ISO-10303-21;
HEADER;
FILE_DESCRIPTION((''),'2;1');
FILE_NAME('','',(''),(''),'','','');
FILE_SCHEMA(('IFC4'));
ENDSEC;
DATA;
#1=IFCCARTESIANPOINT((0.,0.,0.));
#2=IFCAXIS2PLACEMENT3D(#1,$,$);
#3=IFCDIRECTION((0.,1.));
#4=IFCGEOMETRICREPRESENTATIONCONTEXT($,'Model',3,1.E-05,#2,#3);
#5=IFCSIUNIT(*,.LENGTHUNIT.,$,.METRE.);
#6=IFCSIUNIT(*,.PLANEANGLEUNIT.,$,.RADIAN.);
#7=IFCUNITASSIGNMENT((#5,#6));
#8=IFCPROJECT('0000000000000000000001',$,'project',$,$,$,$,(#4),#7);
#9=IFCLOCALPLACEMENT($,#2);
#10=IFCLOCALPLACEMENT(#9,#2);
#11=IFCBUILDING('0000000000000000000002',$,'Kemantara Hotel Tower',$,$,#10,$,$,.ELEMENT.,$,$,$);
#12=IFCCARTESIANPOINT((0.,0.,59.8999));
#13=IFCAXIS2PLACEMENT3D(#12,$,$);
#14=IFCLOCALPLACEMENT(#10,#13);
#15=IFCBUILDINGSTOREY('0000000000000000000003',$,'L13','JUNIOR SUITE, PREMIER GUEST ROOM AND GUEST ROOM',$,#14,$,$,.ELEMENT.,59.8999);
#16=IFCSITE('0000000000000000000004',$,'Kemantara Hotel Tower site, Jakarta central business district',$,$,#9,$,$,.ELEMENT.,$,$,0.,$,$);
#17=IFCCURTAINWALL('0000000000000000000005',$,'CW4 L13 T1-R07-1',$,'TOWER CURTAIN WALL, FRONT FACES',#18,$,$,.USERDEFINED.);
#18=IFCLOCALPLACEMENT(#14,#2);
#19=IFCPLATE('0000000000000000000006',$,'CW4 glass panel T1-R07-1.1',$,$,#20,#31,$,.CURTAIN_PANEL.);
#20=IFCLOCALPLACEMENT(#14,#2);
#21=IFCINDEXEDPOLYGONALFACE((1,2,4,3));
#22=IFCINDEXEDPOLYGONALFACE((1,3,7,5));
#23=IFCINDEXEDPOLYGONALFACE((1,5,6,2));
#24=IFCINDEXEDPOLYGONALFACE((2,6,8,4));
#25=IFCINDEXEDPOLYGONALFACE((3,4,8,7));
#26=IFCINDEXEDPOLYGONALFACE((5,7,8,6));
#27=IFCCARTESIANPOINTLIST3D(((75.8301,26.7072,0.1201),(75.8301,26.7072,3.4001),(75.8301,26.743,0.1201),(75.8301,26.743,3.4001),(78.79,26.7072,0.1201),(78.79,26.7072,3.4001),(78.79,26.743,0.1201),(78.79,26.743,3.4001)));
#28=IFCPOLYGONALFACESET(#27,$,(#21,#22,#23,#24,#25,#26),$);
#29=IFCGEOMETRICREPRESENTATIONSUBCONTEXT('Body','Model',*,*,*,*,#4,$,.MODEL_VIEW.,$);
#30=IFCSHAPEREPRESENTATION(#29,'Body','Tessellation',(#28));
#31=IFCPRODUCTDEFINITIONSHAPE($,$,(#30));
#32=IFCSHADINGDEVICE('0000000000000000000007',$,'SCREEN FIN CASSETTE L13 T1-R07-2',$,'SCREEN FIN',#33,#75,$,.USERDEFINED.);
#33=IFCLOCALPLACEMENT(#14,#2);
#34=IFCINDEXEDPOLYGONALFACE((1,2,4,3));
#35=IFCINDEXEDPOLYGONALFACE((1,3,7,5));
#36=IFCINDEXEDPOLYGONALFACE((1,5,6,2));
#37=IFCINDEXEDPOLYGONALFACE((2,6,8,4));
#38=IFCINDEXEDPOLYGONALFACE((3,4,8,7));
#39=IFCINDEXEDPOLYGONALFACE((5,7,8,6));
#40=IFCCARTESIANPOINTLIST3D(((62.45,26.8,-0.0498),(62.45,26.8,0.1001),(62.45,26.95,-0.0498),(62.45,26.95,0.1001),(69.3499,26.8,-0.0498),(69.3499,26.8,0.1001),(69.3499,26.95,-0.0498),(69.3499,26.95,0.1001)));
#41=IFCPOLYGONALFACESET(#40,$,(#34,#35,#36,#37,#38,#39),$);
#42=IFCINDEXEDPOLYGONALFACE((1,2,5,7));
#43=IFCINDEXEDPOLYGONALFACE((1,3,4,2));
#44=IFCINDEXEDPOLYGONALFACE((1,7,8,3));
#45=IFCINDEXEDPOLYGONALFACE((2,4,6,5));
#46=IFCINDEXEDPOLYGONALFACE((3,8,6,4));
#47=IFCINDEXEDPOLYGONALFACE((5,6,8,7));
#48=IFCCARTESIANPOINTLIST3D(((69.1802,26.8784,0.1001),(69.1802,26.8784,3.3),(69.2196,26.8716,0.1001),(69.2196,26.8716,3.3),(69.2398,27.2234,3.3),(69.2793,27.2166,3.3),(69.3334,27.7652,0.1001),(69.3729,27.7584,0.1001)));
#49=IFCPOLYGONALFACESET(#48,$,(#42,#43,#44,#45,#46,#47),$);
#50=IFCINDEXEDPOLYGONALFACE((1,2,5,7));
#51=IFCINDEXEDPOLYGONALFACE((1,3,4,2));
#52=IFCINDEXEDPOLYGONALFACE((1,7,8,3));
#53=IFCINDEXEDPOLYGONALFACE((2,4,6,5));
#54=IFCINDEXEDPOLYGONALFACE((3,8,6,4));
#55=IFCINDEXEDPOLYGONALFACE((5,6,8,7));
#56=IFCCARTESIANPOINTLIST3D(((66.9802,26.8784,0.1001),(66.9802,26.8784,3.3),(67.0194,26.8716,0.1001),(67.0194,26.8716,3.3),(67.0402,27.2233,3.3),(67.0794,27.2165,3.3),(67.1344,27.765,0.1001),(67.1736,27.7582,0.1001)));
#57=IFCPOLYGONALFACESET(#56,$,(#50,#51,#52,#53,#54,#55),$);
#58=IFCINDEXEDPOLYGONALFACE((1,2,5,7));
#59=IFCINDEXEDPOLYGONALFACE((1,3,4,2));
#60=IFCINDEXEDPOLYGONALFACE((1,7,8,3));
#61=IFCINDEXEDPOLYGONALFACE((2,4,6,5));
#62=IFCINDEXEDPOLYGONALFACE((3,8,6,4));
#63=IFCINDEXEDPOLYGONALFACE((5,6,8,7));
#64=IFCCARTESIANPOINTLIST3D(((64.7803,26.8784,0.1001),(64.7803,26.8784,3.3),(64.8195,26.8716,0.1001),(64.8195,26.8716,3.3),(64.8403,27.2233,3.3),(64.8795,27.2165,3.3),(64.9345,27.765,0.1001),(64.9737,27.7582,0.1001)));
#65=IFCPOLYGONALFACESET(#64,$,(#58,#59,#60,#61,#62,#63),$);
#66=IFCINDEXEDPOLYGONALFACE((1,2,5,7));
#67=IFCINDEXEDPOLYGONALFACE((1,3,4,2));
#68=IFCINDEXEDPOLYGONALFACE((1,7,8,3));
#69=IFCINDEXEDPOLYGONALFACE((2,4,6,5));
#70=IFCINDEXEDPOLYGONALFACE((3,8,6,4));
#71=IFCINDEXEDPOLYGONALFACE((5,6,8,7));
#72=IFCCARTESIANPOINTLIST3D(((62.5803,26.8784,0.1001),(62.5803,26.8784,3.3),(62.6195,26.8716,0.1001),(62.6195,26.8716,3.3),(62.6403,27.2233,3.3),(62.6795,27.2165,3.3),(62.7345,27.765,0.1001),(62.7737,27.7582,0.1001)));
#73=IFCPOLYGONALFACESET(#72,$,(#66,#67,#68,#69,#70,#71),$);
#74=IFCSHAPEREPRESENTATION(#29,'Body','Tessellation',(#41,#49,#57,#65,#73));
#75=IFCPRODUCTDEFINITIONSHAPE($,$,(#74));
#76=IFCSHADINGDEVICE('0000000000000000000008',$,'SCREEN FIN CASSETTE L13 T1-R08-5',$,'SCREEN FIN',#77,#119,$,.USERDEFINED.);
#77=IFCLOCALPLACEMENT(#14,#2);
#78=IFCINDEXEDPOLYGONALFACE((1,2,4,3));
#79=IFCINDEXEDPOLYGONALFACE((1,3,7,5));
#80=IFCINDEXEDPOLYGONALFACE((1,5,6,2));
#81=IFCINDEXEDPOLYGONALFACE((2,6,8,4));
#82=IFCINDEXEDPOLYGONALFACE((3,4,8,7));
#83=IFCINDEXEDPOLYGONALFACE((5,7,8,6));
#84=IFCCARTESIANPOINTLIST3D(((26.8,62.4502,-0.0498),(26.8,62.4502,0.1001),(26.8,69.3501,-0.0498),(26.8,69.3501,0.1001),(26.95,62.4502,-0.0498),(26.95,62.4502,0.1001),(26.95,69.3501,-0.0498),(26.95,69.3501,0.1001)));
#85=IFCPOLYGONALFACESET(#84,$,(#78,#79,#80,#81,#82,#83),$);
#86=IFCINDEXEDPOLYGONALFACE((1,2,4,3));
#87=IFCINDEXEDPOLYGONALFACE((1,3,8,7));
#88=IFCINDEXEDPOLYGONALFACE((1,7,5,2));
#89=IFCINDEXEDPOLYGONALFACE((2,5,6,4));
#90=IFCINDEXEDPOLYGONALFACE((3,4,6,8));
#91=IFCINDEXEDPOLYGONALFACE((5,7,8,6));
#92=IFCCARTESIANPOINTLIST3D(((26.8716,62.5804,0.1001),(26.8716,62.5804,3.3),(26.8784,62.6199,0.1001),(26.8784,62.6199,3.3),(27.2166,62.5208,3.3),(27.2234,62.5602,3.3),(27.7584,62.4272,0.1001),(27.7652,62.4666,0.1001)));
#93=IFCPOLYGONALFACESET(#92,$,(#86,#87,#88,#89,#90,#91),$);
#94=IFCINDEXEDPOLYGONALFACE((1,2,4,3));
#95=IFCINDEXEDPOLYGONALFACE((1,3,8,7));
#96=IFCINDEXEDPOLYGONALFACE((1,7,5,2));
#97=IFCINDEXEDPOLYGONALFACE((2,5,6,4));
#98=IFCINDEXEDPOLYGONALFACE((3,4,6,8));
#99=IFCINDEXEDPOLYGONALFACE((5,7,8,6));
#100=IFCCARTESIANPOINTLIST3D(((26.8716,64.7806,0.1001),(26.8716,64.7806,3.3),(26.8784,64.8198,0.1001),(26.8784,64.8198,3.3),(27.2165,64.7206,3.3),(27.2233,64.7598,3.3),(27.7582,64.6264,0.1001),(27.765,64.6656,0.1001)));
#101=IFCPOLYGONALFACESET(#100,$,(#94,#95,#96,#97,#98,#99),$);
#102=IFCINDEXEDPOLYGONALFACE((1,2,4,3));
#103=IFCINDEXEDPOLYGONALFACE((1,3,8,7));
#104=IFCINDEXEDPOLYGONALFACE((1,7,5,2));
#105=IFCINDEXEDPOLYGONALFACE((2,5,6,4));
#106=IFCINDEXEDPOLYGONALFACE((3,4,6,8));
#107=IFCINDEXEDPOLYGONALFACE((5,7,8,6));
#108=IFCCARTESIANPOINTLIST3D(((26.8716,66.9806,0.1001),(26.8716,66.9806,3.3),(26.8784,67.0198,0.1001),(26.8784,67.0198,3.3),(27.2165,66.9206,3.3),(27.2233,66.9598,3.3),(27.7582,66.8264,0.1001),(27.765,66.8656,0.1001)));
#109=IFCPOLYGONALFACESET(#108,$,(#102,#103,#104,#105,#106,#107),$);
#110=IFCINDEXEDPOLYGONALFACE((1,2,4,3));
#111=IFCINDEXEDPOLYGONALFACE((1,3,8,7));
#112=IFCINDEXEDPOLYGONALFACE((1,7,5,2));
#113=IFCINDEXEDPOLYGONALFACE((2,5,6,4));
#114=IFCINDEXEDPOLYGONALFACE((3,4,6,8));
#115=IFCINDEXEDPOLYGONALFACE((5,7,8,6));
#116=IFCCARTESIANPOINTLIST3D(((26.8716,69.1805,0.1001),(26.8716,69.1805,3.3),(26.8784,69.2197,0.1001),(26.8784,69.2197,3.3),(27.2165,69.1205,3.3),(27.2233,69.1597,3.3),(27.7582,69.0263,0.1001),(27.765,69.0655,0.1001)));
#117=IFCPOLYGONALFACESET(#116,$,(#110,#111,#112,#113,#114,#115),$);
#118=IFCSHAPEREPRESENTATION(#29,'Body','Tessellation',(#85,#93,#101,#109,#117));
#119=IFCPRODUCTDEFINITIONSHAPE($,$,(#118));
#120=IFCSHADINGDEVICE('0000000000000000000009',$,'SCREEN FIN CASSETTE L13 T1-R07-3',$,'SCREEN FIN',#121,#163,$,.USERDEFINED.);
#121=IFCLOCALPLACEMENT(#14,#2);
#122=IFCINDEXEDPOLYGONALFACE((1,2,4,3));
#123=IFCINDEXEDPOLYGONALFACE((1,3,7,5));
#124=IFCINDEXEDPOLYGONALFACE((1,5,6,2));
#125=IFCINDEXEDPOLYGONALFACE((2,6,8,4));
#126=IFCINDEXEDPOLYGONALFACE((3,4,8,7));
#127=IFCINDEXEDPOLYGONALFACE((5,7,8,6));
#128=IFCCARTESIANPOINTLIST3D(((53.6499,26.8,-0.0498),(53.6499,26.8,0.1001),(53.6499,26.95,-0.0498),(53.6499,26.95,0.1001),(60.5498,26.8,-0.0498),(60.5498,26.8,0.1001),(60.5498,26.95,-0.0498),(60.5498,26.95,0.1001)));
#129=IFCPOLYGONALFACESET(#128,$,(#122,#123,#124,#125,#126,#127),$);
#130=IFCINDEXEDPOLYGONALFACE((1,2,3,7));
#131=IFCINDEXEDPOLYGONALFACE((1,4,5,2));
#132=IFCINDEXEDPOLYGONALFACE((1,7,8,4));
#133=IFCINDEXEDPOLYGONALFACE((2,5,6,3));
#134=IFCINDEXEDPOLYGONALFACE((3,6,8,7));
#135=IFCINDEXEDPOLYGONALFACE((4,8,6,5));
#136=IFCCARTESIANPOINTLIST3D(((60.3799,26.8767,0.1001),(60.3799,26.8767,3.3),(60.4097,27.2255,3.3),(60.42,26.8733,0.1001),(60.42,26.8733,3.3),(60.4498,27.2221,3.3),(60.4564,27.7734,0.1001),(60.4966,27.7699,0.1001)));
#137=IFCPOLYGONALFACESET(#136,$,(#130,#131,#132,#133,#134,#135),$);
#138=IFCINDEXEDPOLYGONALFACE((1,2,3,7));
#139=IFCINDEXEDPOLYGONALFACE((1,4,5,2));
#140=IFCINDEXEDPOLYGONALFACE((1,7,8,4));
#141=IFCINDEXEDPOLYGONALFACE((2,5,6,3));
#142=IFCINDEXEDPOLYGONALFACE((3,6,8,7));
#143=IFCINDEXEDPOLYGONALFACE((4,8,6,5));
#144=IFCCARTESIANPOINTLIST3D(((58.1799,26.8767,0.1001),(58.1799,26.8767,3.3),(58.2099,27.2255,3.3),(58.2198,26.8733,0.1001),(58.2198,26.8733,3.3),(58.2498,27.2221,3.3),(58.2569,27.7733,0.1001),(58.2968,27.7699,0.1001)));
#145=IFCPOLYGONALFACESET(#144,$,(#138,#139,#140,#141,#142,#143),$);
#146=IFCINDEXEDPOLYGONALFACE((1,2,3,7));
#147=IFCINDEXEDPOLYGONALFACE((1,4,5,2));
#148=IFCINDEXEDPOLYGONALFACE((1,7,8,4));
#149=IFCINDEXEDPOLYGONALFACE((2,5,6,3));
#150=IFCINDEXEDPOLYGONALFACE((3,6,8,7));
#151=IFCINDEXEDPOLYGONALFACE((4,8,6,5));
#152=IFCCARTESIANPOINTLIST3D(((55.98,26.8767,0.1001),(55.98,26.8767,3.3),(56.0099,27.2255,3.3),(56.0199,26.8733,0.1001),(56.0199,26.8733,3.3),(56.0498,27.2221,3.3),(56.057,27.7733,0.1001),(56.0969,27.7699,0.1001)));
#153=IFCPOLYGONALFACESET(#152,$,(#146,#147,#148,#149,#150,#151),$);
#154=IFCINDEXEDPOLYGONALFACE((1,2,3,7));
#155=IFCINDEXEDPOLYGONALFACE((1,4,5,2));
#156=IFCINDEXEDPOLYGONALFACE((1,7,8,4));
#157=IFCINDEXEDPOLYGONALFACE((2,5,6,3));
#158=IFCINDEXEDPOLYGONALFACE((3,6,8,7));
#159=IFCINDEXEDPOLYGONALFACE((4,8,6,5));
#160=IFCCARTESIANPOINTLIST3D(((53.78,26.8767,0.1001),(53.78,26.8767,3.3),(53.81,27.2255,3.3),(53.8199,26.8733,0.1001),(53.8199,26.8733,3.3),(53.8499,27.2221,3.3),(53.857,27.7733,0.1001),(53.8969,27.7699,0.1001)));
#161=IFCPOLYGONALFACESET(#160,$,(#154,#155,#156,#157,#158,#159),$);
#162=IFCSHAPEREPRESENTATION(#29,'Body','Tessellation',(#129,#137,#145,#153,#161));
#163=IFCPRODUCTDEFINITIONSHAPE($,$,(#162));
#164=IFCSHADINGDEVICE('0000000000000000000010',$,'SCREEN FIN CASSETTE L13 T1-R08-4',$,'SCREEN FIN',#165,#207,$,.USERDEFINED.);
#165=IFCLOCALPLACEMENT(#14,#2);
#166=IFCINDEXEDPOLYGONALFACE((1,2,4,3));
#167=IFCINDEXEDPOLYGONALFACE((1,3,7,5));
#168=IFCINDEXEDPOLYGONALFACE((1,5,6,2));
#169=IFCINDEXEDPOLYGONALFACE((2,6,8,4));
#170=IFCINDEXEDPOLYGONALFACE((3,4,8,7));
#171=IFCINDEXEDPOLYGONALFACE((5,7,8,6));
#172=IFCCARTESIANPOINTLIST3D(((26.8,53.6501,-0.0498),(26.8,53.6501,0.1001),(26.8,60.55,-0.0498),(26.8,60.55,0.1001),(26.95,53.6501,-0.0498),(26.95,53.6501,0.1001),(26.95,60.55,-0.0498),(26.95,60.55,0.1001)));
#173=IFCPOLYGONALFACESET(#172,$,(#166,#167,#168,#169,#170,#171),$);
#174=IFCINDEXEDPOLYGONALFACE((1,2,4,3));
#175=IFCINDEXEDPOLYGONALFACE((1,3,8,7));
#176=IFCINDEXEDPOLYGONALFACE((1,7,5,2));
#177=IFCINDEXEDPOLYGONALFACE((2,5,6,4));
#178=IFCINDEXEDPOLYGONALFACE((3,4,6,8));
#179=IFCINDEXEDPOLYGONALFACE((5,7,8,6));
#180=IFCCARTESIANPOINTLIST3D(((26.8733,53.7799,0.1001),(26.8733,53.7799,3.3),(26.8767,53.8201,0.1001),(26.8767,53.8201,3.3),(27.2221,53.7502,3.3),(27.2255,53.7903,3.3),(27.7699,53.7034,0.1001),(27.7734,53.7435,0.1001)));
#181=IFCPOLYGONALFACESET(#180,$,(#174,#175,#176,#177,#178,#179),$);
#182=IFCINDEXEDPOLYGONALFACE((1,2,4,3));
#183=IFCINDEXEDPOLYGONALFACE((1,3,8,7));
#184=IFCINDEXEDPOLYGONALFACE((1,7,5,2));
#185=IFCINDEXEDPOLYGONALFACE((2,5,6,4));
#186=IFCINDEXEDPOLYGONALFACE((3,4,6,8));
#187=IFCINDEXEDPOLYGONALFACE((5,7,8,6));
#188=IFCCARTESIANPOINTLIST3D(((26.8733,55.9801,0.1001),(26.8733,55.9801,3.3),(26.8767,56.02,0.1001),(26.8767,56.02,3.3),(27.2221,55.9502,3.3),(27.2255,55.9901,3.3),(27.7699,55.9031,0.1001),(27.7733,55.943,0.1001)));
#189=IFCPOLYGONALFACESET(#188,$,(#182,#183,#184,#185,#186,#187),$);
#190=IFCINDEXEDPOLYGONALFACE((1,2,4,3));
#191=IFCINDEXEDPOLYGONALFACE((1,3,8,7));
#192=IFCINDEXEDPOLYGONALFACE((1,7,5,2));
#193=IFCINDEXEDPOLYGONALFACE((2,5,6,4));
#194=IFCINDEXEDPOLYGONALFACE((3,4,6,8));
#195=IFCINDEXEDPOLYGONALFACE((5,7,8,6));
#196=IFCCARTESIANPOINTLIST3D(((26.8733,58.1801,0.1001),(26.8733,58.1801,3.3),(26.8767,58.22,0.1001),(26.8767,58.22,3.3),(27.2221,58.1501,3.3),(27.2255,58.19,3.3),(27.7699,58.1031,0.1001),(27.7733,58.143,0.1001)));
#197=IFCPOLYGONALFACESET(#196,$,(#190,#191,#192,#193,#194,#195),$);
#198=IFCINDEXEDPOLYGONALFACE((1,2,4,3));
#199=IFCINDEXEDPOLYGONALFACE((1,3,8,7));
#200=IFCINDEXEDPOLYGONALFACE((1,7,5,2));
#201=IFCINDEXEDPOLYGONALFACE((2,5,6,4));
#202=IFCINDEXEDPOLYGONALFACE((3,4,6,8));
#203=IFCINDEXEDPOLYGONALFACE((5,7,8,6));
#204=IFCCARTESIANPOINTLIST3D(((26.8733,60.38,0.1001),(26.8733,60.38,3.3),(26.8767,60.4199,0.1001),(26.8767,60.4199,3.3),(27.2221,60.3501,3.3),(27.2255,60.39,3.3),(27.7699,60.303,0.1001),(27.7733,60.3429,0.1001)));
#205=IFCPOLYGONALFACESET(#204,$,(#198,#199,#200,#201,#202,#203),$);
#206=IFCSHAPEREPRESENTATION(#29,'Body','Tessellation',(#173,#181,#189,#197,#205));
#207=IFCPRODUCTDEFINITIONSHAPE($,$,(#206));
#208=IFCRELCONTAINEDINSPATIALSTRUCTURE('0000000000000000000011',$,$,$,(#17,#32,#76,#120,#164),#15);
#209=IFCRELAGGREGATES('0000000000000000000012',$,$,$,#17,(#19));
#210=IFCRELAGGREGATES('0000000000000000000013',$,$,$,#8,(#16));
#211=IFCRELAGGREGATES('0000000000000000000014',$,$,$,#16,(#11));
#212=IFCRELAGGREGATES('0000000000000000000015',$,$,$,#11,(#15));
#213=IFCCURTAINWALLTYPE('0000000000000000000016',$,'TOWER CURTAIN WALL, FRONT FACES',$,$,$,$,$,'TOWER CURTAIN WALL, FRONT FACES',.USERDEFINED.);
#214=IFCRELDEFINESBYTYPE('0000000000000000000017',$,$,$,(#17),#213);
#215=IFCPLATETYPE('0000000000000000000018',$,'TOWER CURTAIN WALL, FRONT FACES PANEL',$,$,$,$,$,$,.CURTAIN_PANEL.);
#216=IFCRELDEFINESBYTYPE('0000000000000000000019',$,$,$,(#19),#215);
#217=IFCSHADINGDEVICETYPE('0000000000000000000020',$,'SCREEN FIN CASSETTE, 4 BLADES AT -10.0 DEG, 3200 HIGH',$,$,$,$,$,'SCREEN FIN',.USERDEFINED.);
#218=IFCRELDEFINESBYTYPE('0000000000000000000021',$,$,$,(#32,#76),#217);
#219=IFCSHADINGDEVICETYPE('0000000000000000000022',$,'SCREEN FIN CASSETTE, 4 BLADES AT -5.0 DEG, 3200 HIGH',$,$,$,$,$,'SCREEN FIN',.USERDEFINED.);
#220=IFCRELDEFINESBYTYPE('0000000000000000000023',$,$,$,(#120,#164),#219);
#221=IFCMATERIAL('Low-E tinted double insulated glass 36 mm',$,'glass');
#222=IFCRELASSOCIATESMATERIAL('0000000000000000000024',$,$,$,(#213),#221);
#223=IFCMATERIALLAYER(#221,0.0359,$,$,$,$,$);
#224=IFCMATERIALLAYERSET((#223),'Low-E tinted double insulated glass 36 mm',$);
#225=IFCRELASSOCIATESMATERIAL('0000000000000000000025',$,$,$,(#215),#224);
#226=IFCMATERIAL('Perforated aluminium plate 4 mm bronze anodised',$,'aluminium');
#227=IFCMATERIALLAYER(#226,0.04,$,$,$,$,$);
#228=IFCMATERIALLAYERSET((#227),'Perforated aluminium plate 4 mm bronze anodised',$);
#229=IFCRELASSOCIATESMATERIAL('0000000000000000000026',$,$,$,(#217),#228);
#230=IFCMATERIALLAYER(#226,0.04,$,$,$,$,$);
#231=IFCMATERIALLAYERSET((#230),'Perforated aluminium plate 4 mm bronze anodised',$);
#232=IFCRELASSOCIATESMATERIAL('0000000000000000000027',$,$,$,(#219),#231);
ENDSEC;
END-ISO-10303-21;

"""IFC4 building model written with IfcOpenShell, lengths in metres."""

from ifc_helpers import new_model, si_unit, direction, frame, origin, origin_2d, place, context, subcontext, project, spatial, polyline, rectangle, outline, extrude, source, transform, mapped, material, layer, layer_set, type_object, element, aggregate, save


model = new_model("IFC4")

# Units and contexts
model_context = context("Model", 3, precision=1e-05, world=origin(), true_north=direction((0.0, 1.0)))
body_context = subcontext(model_context, "Body", "Model", "MODEL_VIEW")
ifc_project = project(units=[si_unit("LENGTHUNIT", "METRE"), si_unit("PLANEANGLEUNIT", "RADIAN")], contexts=[model_context])

# Site, building, storey
site_placement = place(None, origin())
site = spatial("IfcSite", under=ifc_project, at=site_placement, Name="Kemantara Hotel Tower site, Jakarta central business district", CompositionType="ELEMENT", RefElevation=0.0)
building_placement = place(site_placement, origin())
building = spatial("IfcBuilding", under=site, at=building_placement, Name="Kemantara Hotel Tower", CompositionType="ELEMENT")
storey_placement = place(building_placement, frame((0.0, 0.0, 59.8999)))
storey = spatial("IfcBuildingStorey", under=building, at=storey_placement, Name="L13", Description="JUNIOR SUITE, PREMIER GUEST ROOM AND GUEST ROOM", CompositionType="ELEMENT", Elevation=59.8999)

# Curtain wall
ifc_material_1 = material(Name="Low-E tinted double insulated glass 36 mm", Category="glass")
curtain_wall_type = type_object("IfcCurtainWallType", Name="TOWER CURTAIN WALL, FRONT FACES", ElementType="TOWER CURTAIN WALL, FRONT FACES", PredefinedType="USERDEFINED", material=ifc_material_1)
curtain_wall_1_placement = place(storey_placement, origin())
curtain_wall_1 = element("IfcCurtainWall", 1, at=curtain_wall_1_placement, inside=storey, type_object=curtain_wall_type, Name="CW4 L13 T1-R07-1", ObjectType="TOWER CURTAIN WALL, FRONT FACES", PredefinedType="USERDEFINED")

# Plate
ifc_layer_1 = layer(ifc_material_1, 0.0359)
ifc_layer_set_1 = layer_set([ifc_layer_1], Name="Low-E tinted double insulated glass 36 mm")
plate_type = type_object("IfcPlateType", Name="TOWER CURTAIN WALL, FRONT FACES PANEL", PredefinedType="CURTAIN_PANEL", material=ifc_layer_set_1)
shared_shape_1 = source(origin(), body_context, "Body", "SweptSolid", [
    extrude(rectangle(XDim=2.96, YDim=0.0359, at=origin_2d()), origin(), (0.0, 0.0, 1.0), 3.28),
])
plate_1_placement = place(storey_placement, frame((77.3101, 26.7251, 0.1201), z_axis=(0.0, 0.0, 1.0), x_axis=(-1.0, 0.0, 0.0)))
plate_1 = element("IfcPlate", 2, at=plate_1_placement, type_object=plate_type, Name="CW4 glass panel T1-R07-1.1", PredefinedType="CURTAIN_PANEL", context=body_context, shape_type="MappedRepresentation", body=[
    mapped(shared_shape_1, transform((0.0, 0.0, 0.0))),
])
aggregate(curtain_wall_1, [plate_1])

# Shading devices
ifc_material_2 = material(Name="Perforated aluminium plate 4 mm bronze anodised", Category="aluminium")
ifc_layer_2 = layer(ifc_material_2, 0.04)
ifc_layer_set_2 = layer_set([ifc_layer_2], Name="Perforated aluminium plate 4 mm bronze anodised")
shading_device_type_1 = type_object("IfcShadingDeviceType", Name="SCREEN FIN CASSETTE, 4 BLADES AT -10.0 DEG, 3200 HIGH", ElementType="SCREEN FIN", PredefinedType="USERDEFINED", material=ifc_layer_set_2)
shared_shape_2 = source(origin(), body_context, "Body", "SweptSolid", [
    extrude(rectangle(XDim=6.8999, YDim=0.1499, at=origin_2d()), frame((3.3, -0.075, -0.1499), z_axis=(0.0, 0.0, 1.0), x_axis=(1.0, 0.0, 0.0)), (0.0, 0.0, 1.0), 0.1499),
    extrude(outline(polyline([(0.0, 0.0), (0.8999, 0.0), (0.3501, 3.2), (0.0, 3.2), (0.0, 0.0)])), frame((0.0198, -0.0784, 0.0), z_axis=(-0.98539, 0.170314, 0.0), x_axis=(-0.170314, -0.98539, 0.0)), (0.0, 0.0, 1.0), 0.04),
    extrude(outline(polyline([(0.0, 0.0), (0.8999, 0.0), (0.3501, 3.2), (0.0, 3.2), (0.0, 0.0)])), frame((2.2197, -0.0784, 0.0), z_axis=(-0.985212, 0.171341, 0.0), x_axis=(-0.171341, -0.985212, 0.0)), (0.0, 0.0, 1.0), 0.0398),
    extrude(outline(polyline([(0.0, 0.0), (0.8999, 0.0), (0.3501, 3.2), (0.0, 3.2), (0.0, 0.0)])), frame((4.4197, -0.0784, 0.0), z_axis=(-0.985212, 0.171341, 0.0), x_axis=(-0.171341, -0.985212, 0.0)), (0.0, 0.0, 1.0), 0.0398),
    extrude(outline(polyline([(0.0, 0.0), (0.8999, 0.0), (0.3501, 3.2), (0.0, 3.2), (0.0, 0.0)])), frame((6.6196, -0.0784, 0.0), z_axis=(-0.985212, 0.171341, 0.0), x_axis=(-0.171341, -0.985212, 0.0)), (0.0, 0.0, 1.0), 0.0398),
])
for number, where, z_axis, x_axis, name in (
    (3, (69.2, 26.8, 0.1001), (0.0, 0.0, 1.0), (-1.0, 0.0, 0.0), "SCREEN FIN CASSETTE L13 T1-R07-2"),
    (4, (26.8, 62.6001, 0.1001), (0.0, 0.0, 1.0), (0.0, 1.0, 0.0), "SCREEN FIN CASSETTE L13 T1-R08-5"),
):
    element("IfcShadingDevice", number, at=place(storey_placement, frame(where, z_axis=z_axis, x_axis=x_axis)), inside=storey, type_object=shading_device_type_1, Name=name, ObjectType="SCREEN FIN", PredefinedType="USERDEFINED", context=body_context, shape_type="MappedRepresentation", body=[
        mapped(shared_shape_2, transform((0.0, 0.0, 0.0))),
    ])
ifc_layer_3 = layer(ifc_material_2, 0.04)
ifc_layer_set_3 = layer_set([ifc_layer_3], Name="Perforated aluminium plate 4 mm bronze anodised")
shading_device_type_2 = type_object("IfcShadingDeviceType", Name="SCREEN FIN CASSETTE, 4 BLADES AT -5.0 DEG, 3200 HIGH", ElementType="SCREEN FIN", PredefinedType="USERDEFINED", material=ifc_layer_set_3)
shared_shape_3 = source(origin(), body_context, "Body", "SweptSolid", [
    extrude(rectangle(XDim=6.8999, YDim=0.1499, at=origin_2d()), frame((3.3, -0.075, -0.1499), z_axis=(0.0, 0.0, 1.0), x_axis=(1.0, 0.0, 0.0)), (0.0, 0.0, 1.0), 0.1499),
    extrude(outline(polyline([(0.0, 0.0), (0.8999, 0.0), (0.3501, 3.2), (0.0, 3.2), (0.0, 0.0)])), frame((0.02, -0.0767, 0.0), z_axis=(-0.996376, 0.085056, 0.0), x_axis=(-0.085056, -0.996376, 0.0)), (0.0, 0.0, 1.0), 0.0403),
    extrude(outline(polyline([(0.0, 0.0), (0.8999, 0.0), (0.3501, 3.2), (0.0, 3.2), (0.0, 0.0)])), frame((2.22, -0.0767, 0.0), z_axis=(-0.996332, 0.085575, 0.0), x_axis=(-0.085575, -0.996332, 0.0)), (0.0, 0.0, 1.0), 0.04),
    extrude(outline(polyline([(0.0, 0.0), (0.8999, 0.0), (0.3501, 3.2), (0.0, 3.2), (0.0, 0.0)])), frame((4.4199, -0.0767, 0.0), z_axis=(-0.996332, 0.085575, 0.0), x_axis=(-0.085575, -0.996332, 0.0)), (0.0, 0.0, 1.0), 0.04),
    extrude(outline(polyline([(0.0, 0.0), (0.8999, 0.0), (0.3501, 3.2), (0.0, 3.2), (0.0, 0.0)])), frame((6.6199, -0.0767, 0.0), z_axis=(-0.996332, 0.085575, 0.0), x_axis=(-0.085575, -0.996332, 0.0)), (0.0, 0.0, 1.0), 0.04),
])
for number, where, z_axis, x_axis, name in (
    (5, (60.3999, 26.8, 0.1001), (0.0, 0.0, 1.0), (-1.0, 0.0, 0.0), "SCREEN FIN CASSETTE L13 T1-R07-3"),
    (6, (26.8, 53.8, 0.1001), (0.0, 0.0, 1.0), (0.0, 1.0, 0.0), "SCREEN FIN CASSETTE L13 T1-R08-4"),
):
    element("IfcShadingDevice", number, at=place(storey_placement, frame(where, z_axis=z_axis, x_axis=x_axis)), inside=storey, type_object=shading_device_type_2, Name=name, ObjectType="SCREEN FIN", PredefinedType="USERDEFINED", context=body_context, shape_type="MappedRepresentation", body=[
        mapped(shared_shape_3, transform((0.0, 0.0, 0.0))),
    ])

save(model, "model.ifc")
